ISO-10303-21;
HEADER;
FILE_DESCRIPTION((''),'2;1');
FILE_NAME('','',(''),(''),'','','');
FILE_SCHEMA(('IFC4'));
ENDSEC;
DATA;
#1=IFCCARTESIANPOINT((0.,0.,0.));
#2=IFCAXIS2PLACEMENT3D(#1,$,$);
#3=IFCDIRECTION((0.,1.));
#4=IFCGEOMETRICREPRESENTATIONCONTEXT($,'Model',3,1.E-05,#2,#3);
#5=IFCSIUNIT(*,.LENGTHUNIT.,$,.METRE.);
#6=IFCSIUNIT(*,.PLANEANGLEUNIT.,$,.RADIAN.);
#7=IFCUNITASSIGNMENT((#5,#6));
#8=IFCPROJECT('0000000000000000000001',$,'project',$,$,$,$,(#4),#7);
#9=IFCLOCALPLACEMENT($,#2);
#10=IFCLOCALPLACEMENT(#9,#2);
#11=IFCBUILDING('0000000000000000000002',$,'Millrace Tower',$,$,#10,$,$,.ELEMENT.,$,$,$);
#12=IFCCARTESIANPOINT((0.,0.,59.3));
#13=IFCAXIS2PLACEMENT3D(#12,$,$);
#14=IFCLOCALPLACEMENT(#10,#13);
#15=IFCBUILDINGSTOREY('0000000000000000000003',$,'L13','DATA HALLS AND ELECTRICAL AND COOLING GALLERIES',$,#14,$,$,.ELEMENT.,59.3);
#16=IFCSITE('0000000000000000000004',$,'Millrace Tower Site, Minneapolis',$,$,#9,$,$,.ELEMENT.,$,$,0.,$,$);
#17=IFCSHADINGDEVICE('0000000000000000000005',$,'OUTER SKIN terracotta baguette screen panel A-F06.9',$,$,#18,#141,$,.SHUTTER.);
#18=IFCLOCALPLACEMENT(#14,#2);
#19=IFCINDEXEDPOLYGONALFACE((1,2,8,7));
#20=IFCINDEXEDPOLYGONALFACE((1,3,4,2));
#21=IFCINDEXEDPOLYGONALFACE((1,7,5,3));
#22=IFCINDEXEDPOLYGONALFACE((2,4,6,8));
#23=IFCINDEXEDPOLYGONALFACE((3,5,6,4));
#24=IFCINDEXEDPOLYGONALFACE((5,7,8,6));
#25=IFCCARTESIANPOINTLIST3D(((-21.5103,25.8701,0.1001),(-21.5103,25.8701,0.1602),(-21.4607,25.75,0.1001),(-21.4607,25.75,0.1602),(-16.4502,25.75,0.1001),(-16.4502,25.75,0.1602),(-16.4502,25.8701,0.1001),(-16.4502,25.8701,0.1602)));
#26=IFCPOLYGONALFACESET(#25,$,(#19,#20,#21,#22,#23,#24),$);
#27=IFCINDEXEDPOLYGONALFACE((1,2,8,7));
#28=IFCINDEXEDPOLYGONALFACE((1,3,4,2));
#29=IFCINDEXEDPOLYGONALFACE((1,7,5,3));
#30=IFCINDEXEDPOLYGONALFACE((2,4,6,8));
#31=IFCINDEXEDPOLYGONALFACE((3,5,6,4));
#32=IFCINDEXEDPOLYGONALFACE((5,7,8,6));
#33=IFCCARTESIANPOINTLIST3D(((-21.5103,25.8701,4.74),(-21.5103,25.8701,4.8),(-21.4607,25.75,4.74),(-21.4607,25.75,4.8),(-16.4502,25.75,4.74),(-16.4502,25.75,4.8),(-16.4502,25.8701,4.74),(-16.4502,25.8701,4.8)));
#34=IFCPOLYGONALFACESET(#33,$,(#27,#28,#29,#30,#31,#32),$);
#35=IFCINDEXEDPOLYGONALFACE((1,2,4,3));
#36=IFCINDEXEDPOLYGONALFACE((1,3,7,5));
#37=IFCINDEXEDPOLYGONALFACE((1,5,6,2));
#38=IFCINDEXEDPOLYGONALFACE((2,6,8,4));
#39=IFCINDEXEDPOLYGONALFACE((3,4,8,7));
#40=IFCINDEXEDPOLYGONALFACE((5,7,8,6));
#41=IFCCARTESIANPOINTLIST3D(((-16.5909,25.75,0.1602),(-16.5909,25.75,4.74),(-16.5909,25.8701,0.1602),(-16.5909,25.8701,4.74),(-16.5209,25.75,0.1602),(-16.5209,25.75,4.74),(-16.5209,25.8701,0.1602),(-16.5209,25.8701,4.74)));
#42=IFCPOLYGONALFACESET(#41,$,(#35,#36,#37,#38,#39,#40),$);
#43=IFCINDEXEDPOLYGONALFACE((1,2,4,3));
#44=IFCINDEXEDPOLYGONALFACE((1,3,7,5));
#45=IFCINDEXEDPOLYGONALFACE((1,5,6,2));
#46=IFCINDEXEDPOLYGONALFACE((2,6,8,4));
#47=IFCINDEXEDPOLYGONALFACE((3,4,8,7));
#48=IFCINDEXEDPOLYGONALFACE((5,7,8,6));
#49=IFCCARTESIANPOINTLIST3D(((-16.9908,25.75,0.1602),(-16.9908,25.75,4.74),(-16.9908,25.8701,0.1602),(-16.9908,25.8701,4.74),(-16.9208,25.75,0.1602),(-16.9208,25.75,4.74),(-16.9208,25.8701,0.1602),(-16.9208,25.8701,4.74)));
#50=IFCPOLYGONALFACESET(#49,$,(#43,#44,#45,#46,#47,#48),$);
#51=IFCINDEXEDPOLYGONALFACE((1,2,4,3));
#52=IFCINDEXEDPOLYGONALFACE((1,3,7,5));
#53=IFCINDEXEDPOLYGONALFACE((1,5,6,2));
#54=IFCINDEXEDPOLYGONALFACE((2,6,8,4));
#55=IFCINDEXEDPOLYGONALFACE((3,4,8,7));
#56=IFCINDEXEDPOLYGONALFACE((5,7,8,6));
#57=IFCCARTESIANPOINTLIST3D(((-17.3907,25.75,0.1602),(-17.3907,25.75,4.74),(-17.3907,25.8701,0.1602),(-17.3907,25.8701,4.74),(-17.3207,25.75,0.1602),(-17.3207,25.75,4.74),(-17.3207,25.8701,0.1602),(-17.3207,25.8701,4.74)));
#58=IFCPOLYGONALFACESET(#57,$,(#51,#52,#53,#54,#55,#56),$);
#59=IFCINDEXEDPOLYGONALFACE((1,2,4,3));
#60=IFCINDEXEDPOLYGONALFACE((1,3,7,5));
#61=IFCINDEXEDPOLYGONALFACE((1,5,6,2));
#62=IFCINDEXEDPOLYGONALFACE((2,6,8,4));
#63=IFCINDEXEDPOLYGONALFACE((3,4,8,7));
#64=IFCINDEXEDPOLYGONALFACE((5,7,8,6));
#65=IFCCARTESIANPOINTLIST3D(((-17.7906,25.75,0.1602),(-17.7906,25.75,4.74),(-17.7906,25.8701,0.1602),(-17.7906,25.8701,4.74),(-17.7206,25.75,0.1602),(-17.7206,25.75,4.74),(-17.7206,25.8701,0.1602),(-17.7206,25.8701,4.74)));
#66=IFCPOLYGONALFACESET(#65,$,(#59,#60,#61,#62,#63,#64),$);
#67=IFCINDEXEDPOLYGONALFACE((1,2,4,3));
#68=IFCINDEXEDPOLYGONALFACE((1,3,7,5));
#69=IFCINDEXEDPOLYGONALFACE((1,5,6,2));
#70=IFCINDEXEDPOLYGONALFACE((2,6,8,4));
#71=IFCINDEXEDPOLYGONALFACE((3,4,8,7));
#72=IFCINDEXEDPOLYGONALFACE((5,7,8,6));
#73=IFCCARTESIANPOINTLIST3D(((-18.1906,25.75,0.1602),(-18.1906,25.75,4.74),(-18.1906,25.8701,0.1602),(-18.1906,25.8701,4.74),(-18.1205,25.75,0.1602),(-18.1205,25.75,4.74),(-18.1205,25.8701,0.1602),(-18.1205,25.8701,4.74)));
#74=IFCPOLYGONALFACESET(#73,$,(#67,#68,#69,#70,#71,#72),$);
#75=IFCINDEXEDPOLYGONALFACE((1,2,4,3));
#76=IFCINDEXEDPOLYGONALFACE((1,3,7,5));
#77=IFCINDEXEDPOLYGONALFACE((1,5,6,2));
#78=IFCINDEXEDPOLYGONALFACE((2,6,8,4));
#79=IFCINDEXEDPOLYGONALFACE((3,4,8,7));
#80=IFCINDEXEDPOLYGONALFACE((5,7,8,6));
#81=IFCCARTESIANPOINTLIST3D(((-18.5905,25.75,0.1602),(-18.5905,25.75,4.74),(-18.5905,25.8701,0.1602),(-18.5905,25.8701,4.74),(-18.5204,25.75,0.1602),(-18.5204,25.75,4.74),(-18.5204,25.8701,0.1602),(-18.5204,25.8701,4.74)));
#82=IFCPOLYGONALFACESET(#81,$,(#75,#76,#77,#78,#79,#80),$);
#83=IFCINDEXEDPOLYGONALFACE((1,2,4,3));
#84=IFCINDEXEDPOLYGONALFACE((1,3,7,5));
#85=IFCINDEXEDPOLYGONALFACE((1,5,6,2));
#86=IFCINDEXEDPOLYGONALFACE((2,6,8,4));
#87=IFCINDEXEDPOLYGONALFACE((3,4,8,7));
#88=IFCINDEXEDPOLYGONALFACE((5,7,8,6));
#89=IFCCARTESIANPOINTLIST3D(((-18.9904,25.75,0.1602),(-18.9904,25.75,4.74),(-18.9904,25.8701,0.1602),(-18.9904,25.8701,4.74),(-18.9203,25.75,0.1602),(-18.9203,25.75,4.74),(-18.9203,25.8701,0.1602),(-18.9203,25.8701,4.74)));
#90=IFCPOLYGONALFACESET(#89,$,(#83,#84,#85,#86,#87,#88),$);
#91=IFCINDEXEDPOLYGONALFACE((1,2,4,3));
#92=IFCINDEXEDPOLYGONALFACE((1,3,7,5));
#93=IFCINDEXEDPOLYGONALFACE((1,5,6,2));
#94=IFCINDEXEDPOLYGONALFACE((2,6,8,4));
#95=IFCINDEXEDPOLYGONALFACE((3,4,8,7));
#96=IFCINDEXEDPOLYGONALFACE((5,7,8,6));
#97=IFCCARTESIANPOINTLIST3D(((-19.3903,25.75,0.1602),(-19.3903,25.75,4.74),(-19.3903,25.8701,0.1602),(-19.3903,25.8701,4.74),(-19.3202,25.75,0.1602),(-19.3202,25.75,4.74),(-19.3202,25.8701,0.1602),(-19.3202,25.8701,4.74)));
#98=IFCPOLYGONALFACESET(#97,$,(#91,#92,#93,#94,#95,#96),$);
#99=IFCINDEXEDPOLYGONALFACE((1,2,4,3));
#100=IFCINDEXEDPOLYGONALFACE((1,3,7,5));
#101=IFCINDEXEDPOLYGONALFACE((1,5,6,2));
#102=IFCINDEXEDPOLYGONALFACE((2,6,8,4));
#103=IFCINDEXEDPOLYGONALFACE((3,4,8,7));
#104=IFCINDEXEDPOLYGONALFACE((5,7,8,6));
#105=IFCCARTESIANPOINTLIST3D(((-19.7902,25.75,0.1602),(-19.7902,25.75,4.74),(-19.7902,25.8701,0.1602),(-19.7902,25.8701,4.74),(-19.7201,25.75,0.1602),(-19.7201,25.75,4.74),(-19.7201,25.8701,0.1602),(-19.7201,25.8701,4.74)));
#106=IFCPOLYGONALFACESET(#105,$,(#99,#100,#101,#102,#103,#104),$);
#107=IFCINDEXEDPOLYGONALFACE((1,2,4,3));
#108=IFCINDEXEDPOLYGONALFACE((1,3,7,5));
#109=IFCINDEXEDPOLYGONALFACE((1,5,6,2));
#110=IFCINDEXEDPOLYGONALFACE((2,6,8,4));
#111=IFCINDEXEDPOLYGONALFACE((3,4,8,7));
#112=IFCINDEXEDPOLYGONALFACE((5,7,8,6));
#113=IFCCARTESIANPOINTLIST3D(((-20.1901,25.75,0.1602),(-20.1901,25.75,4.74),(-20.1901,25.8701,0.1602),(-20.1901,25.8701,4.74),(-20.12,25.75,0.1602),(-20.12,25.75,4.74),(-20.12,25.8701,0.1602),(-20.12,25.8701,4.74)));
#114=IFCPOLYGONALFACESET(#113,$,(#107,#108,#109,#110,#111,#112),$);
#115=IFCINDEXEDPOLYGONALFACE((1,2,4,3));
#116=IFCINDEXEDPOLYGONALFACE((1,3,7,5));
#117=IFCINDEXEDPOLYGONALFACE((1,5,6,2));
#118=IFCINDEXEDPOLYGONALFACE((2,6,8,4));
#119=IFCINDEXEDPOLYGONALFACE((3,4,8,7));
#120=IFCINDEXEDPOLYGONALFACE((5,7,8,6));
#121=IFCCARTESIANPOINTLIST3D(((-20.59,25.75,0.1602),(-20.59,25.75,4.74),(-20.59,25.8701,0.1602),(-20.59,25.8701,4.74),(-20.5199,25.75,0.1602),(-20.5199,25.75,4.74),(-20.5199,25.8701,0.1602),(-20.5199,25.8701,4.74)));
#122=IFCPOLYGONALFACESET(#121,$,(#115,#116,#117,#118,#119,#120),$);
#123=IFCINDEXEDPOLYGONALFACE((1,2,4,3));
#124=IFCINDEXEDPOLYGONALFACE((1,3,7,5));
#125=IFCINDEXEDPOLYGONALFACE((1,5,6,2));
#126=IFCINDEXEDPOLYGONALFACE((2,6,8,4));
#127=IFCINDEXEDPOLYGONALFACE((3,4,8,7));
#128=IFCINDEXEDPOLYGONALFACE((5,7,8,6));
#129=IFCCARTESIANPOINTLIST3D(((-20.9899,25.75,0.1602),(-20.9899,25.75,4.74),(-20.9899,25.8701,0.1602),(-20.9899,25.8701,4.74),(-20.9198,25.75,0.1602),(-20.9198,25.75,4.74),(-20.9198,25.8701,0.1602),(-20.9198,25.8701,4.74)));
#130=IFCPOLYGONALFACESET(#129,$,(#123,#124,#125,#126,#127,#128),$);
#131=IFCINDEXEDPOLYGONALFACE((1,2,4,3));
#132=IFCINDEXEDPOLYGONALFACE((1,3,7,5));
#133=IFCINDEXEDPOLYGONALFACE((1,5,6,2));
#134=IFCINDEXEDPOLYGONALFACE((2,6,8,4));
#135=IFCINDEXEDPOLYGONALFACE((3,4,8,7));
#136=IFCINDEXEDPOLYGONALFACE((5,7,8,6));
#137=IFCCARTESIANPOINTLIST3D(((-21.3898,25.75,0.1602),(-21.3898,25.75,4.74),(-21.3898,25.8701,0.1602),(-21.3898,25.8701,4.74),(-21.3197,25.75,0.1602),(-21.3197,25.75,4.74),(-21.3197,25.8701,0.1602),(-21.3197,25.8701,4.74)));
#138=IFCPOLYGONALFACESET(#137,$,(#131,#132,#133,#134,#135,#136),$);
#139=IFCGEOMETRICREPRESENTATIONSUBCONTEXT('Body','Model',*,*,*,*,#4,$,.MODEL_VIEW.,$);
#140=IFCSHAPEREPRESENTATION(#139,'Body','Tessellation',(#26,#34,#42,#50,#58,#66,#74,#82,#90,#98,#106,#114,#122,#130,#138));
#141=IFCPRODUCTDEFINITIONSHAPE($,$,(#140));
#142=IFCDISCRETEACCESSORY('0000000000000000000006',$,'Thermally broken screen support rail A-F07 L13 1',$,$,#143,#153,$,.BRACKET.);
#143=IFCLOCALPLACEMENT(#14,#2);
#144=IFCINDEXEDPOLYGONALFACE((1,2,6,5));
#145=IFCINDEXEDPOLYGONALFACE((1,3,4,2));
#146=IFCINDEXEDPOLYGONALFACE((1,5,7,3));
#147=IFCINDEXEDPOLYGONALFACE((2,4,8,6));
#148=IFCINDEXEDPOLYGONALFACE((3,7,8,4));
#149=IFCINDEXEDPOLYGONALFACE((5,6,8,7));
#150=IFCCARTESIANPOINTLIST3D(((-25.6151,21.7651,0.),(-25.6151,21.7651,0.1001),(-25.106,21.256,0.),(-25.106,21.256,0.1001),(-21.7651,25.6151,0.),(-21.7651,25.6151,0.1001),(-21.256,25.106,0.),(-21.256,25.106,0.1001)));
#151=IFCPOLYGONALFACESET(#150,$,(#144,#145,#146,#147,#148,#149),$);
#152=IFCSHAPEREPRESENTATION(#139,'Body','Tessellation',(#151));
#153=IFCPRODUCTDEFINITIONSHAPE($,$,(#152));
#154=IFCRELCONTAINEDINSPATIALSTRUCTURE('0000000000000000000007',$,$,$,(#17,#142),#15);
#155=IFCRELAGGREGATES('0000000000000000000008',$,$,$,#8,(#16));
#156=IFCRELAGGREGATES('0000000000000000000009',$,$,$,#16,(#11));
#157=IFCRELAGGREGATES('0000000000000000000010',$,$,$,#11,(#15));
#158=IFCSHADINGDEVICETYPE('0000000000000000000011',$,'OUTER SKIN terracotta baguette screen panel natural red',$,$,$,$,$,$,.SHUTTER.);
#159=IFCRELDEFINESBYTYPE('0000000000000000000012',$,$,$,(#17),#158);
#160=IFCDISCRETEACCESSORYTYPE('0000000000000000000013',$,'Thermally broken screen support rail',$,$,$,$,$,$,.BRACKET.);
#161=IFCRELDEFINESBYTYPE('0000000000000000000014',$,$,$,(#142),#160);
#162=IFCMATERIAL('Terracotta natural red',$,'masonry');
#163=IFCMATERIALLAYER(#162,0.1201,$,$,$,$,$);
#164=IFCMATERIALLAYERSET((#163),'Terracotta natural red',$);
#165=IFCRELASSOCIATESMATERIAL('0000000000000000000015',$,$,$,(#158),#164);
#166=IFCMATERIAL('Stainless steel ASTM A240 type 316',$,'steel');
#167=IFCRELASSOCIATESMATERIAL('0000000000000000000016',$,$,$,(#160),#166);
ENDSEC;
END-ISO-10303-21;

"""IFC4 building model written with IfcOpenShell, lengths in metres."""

from ifc_helpers import new_model, entity, si_unit, direction, frame, frame_2d, origin, origin_2d, place, context, subcontext, project, spatial, rectangle, extrude, source, transform, mapped, material, layer, layer_set, type_object, element, save


model = new_model("IFC4")

# Units and contexts
model_context = context("Model", 3, precision=1e-05, world=origin(), true_north=direction((0.0, 1.0)))
body_context = subcontext(model_context, "Body", "Model", "MODEL_VIEW")
ifc_project = project(units=[si_unit("LENGTHUNIT", "METRE"), si_unit("PLANEANGLEUNIT", "RADIAN")], contexts=[model_context])

# Site, building, storey
site_placement = place(None, origin())
site = spatial("IfcSite", under=ifc_project, at=site_placement, Name="Millrace Tower Site, Minneapolis", CompositionType="ELEMENT", RefElevation=0.0)
building_placement = place(site_placement, origin())
building = spatial("IfcBuilding", under=site, at=building_placement, Name="Millrace Tower", CompositionType="ELEMENT")
storey_placement = place(building_placement, frame((0.0, 0.0, 59.3)))
storey = spatial("IfcBuildingStorey", under=building, at=storey_placement, Name="L13", Description="DATA HALLS AND ELECTRICAL AND COOLING GALLERIES", CompositionType="ELEMENT", Elevation=59.3)

# Shading device
ifc_material_1 = material(Name="Terracotta natural red", Category="masonry")
ifc_layer_1 = layer(ifc_material_1, 0.1201)
ifc_layer_set_1 = layer_set([ifc_layer_1], Name="Terracotta natural red")
shading_device_type_1 = type_object("IfcShadingDeviceType", Name="OUTER SKIN terracotta baguette screen panel natural red", PredefinedType="SHUTTER", material=ifc_layer_set_1)
cartesian_point_1 = entity("IfcCartesianPoint", [-2.5176, 0.0601])
shared_polyline_1 = entity("IfcPolyline", [cartesian_point_1, entity("IfcCartesianPoint", [2.4929, 0.0601]), entity("IfcCartesianPoint", [2.5425, -0.0601]), entity("IfcCartesianPoint", [-2.5176, -0.0601]), cartesian_point_1])
shared_shape_1 = source(origin(), body_context, "Body", "SweptSolid", [
    entity("IfcExtrudedAreaSolid", entity("IfcArbitraryClosedProfileDef", "AREA", None, shared_polyline_1), entity("IfcAxis2Placement3D", entity("IfcCartesianPoint", [0.0, 0.0, 0.0])), entity("IfcDirection", [0.0, 0.0, 1.0]), 0.0601),
    entity("IfcExtrudedAreaSolid", entity("IfcArbitraryClosedProfileDef", "AREA", None, shared_polyline_1), entity("IfcAxis2Placement3D", entity("IfcCartesianPoint", [0.0, 0.0, 4.6399])), entity("IfcDirection", [0.0, 0.0, 1.0]), 0.0601),
    extrude(rectangle(XDim=0.0701, YDim=0.1201, at=frame_2d((-2.4119, 0.0))), frame((0.0, 0.0, 0.0601)), (0.0, 0.0, 1.0), 4.5798),
    extrude(rectangle(XDim=0.0701, YDim=0.1201, at=frame_2d((-2.012, 0.0))), frame((0.0, 0.0, 0.0601)), (0.0, 0.0, 1.0), 4.5798),
    extrude(rectangle(XDim=0.0701, YDim=0.1201, at=frame_2d((-1.6121, 0.0))), frame((0.0, 0.0, 0.0601)), (0.0, 0.0, 1.0), 4.5798),
    extrude(rectangle(XDim=0.0701, YDim=0.1201, at=frame_2d((-1.2122, 0.0))), frame((0.0, 0.0, 0.0601)), (0.0, 0.0, 1.0), 4.5798),
    extrude(rectangle(XDim=0.0701, YDim=0.1201, at=frame_2d((-0.8123, 0.0))), frame((0.0, 0.0, 0.0601)), (0.0, 0.0, 1.0), 4.5798),
    extrude(rectangle(XDim=0.0701, YDim=0.1201, at=frame_2d((-0.4124, 0.0))), frame((0.0, 0.0, 0.0601)), (0.0, 0.0, 1.0), 4.5798),
    extrude(rectangle(XDim=0.0701, YDim=0.1201, at=frame_2d((-0.0125, 0.0))), frame((0.0, 0.0, 0.0601)), (0.0, 0.0, 1.0), 4.5798),
    extrude(rectangle(XDim=0.0701, YDim=0.1201, at=frame_2d((0.3875, 0.0))), frame((0.0, 0.0, 0.0601)), (0.0, 0.0, 1.0), 4.5798),
    extrude(rectangle(XDim=0.0701, YDim=0.1201, at=frame_2d((0.7874, 0.0))), frame((0.0, 0.0, 0.0601)), (0.0, 0.0, 1.0), 4.5798),
    extrude(rectangle(XDim=0.0701, YDim=0.1201, at=frame_2d((1.1873, 0.0))), frame((0.0, 0.0, 0.0601)), (0.0, 0.0, 1.0), 4.5798),
    extrude(rectangle(XDim=0.0701, YDim=0.1201, at=frame_2d((1.5872, 0.0))), frame((0.0, 0.0, 0.0601)), (0.0, 0.0, 1.0), 4.5798),
    extrude(rectangle(XDim=0.0701, YDim=0.1201, at=frame_2d((1.9871, 0.0))), frame((0.0, 0.0, 0.0601)), (0.0, 0.0, 1.0), 4.5798),
    extrude(rectangle(XDim=0.0701, YDim=0.1201, at=frame_2d((2.387, 0.0))), frame((0.0, 0.0, 0.0601)), (0.0, 0.0, 1.0), 4.5798),
])
shading_device_1_placement = place(storey_placement, frame((-18.9678, 25.8101, 0.1001), z_axis=(0.0, 0.0, 1.0), x_axis=(-1.0, 0.0, 0.0)))
element("IfcShadingDevice", 1, at=shading_device_1_placement, inside=storey, type_object=shading_device_type_1, Name="OUTER SKIN terracotta baguette screen panel A-F06.9", PredefinedType="SHUTTER", context=body_context, shape_type="MappedRepresentation", body=[
    mapped(shared_shape_1, transform((0.0, 0.0, 0.0), scale=1.0)),
])

# Discrete accessory
ifc_material_2 = material(Name="Stainless steel ASTM A240 type 316", Category="steel")
discrete_accessory_type = type_object("IfcDiscreteAccessoryType", Name="Thermally broken screen support rail", PredefinedType="BRACKET", material=ifc_material_2)
discrete_accessory_placement = place(storey_placement, frame((-23.4355, 23.4355, 0.0), z_axis=(0.0, 0.0, 1.0), x_axis=(-0.707107, -0.707107, 0.0)))
element("IfcDiscreteAccessory", 2, at=discrete_accessory_placement, inside=storey, type_object=discrete_accessory_type, Name="Thermally broken screen support rail A-F07 L13 1", PredefinedType="BRACKET", context=body_context, shape_type="SweptSolid", body=[
    extrude(rectangle(XDim=5.4448, YDim=0.72, at=origin_2d()), origin(), (0.0, 0.0, 1.0), 0.1001),
])

save(model, "model.ifc")
